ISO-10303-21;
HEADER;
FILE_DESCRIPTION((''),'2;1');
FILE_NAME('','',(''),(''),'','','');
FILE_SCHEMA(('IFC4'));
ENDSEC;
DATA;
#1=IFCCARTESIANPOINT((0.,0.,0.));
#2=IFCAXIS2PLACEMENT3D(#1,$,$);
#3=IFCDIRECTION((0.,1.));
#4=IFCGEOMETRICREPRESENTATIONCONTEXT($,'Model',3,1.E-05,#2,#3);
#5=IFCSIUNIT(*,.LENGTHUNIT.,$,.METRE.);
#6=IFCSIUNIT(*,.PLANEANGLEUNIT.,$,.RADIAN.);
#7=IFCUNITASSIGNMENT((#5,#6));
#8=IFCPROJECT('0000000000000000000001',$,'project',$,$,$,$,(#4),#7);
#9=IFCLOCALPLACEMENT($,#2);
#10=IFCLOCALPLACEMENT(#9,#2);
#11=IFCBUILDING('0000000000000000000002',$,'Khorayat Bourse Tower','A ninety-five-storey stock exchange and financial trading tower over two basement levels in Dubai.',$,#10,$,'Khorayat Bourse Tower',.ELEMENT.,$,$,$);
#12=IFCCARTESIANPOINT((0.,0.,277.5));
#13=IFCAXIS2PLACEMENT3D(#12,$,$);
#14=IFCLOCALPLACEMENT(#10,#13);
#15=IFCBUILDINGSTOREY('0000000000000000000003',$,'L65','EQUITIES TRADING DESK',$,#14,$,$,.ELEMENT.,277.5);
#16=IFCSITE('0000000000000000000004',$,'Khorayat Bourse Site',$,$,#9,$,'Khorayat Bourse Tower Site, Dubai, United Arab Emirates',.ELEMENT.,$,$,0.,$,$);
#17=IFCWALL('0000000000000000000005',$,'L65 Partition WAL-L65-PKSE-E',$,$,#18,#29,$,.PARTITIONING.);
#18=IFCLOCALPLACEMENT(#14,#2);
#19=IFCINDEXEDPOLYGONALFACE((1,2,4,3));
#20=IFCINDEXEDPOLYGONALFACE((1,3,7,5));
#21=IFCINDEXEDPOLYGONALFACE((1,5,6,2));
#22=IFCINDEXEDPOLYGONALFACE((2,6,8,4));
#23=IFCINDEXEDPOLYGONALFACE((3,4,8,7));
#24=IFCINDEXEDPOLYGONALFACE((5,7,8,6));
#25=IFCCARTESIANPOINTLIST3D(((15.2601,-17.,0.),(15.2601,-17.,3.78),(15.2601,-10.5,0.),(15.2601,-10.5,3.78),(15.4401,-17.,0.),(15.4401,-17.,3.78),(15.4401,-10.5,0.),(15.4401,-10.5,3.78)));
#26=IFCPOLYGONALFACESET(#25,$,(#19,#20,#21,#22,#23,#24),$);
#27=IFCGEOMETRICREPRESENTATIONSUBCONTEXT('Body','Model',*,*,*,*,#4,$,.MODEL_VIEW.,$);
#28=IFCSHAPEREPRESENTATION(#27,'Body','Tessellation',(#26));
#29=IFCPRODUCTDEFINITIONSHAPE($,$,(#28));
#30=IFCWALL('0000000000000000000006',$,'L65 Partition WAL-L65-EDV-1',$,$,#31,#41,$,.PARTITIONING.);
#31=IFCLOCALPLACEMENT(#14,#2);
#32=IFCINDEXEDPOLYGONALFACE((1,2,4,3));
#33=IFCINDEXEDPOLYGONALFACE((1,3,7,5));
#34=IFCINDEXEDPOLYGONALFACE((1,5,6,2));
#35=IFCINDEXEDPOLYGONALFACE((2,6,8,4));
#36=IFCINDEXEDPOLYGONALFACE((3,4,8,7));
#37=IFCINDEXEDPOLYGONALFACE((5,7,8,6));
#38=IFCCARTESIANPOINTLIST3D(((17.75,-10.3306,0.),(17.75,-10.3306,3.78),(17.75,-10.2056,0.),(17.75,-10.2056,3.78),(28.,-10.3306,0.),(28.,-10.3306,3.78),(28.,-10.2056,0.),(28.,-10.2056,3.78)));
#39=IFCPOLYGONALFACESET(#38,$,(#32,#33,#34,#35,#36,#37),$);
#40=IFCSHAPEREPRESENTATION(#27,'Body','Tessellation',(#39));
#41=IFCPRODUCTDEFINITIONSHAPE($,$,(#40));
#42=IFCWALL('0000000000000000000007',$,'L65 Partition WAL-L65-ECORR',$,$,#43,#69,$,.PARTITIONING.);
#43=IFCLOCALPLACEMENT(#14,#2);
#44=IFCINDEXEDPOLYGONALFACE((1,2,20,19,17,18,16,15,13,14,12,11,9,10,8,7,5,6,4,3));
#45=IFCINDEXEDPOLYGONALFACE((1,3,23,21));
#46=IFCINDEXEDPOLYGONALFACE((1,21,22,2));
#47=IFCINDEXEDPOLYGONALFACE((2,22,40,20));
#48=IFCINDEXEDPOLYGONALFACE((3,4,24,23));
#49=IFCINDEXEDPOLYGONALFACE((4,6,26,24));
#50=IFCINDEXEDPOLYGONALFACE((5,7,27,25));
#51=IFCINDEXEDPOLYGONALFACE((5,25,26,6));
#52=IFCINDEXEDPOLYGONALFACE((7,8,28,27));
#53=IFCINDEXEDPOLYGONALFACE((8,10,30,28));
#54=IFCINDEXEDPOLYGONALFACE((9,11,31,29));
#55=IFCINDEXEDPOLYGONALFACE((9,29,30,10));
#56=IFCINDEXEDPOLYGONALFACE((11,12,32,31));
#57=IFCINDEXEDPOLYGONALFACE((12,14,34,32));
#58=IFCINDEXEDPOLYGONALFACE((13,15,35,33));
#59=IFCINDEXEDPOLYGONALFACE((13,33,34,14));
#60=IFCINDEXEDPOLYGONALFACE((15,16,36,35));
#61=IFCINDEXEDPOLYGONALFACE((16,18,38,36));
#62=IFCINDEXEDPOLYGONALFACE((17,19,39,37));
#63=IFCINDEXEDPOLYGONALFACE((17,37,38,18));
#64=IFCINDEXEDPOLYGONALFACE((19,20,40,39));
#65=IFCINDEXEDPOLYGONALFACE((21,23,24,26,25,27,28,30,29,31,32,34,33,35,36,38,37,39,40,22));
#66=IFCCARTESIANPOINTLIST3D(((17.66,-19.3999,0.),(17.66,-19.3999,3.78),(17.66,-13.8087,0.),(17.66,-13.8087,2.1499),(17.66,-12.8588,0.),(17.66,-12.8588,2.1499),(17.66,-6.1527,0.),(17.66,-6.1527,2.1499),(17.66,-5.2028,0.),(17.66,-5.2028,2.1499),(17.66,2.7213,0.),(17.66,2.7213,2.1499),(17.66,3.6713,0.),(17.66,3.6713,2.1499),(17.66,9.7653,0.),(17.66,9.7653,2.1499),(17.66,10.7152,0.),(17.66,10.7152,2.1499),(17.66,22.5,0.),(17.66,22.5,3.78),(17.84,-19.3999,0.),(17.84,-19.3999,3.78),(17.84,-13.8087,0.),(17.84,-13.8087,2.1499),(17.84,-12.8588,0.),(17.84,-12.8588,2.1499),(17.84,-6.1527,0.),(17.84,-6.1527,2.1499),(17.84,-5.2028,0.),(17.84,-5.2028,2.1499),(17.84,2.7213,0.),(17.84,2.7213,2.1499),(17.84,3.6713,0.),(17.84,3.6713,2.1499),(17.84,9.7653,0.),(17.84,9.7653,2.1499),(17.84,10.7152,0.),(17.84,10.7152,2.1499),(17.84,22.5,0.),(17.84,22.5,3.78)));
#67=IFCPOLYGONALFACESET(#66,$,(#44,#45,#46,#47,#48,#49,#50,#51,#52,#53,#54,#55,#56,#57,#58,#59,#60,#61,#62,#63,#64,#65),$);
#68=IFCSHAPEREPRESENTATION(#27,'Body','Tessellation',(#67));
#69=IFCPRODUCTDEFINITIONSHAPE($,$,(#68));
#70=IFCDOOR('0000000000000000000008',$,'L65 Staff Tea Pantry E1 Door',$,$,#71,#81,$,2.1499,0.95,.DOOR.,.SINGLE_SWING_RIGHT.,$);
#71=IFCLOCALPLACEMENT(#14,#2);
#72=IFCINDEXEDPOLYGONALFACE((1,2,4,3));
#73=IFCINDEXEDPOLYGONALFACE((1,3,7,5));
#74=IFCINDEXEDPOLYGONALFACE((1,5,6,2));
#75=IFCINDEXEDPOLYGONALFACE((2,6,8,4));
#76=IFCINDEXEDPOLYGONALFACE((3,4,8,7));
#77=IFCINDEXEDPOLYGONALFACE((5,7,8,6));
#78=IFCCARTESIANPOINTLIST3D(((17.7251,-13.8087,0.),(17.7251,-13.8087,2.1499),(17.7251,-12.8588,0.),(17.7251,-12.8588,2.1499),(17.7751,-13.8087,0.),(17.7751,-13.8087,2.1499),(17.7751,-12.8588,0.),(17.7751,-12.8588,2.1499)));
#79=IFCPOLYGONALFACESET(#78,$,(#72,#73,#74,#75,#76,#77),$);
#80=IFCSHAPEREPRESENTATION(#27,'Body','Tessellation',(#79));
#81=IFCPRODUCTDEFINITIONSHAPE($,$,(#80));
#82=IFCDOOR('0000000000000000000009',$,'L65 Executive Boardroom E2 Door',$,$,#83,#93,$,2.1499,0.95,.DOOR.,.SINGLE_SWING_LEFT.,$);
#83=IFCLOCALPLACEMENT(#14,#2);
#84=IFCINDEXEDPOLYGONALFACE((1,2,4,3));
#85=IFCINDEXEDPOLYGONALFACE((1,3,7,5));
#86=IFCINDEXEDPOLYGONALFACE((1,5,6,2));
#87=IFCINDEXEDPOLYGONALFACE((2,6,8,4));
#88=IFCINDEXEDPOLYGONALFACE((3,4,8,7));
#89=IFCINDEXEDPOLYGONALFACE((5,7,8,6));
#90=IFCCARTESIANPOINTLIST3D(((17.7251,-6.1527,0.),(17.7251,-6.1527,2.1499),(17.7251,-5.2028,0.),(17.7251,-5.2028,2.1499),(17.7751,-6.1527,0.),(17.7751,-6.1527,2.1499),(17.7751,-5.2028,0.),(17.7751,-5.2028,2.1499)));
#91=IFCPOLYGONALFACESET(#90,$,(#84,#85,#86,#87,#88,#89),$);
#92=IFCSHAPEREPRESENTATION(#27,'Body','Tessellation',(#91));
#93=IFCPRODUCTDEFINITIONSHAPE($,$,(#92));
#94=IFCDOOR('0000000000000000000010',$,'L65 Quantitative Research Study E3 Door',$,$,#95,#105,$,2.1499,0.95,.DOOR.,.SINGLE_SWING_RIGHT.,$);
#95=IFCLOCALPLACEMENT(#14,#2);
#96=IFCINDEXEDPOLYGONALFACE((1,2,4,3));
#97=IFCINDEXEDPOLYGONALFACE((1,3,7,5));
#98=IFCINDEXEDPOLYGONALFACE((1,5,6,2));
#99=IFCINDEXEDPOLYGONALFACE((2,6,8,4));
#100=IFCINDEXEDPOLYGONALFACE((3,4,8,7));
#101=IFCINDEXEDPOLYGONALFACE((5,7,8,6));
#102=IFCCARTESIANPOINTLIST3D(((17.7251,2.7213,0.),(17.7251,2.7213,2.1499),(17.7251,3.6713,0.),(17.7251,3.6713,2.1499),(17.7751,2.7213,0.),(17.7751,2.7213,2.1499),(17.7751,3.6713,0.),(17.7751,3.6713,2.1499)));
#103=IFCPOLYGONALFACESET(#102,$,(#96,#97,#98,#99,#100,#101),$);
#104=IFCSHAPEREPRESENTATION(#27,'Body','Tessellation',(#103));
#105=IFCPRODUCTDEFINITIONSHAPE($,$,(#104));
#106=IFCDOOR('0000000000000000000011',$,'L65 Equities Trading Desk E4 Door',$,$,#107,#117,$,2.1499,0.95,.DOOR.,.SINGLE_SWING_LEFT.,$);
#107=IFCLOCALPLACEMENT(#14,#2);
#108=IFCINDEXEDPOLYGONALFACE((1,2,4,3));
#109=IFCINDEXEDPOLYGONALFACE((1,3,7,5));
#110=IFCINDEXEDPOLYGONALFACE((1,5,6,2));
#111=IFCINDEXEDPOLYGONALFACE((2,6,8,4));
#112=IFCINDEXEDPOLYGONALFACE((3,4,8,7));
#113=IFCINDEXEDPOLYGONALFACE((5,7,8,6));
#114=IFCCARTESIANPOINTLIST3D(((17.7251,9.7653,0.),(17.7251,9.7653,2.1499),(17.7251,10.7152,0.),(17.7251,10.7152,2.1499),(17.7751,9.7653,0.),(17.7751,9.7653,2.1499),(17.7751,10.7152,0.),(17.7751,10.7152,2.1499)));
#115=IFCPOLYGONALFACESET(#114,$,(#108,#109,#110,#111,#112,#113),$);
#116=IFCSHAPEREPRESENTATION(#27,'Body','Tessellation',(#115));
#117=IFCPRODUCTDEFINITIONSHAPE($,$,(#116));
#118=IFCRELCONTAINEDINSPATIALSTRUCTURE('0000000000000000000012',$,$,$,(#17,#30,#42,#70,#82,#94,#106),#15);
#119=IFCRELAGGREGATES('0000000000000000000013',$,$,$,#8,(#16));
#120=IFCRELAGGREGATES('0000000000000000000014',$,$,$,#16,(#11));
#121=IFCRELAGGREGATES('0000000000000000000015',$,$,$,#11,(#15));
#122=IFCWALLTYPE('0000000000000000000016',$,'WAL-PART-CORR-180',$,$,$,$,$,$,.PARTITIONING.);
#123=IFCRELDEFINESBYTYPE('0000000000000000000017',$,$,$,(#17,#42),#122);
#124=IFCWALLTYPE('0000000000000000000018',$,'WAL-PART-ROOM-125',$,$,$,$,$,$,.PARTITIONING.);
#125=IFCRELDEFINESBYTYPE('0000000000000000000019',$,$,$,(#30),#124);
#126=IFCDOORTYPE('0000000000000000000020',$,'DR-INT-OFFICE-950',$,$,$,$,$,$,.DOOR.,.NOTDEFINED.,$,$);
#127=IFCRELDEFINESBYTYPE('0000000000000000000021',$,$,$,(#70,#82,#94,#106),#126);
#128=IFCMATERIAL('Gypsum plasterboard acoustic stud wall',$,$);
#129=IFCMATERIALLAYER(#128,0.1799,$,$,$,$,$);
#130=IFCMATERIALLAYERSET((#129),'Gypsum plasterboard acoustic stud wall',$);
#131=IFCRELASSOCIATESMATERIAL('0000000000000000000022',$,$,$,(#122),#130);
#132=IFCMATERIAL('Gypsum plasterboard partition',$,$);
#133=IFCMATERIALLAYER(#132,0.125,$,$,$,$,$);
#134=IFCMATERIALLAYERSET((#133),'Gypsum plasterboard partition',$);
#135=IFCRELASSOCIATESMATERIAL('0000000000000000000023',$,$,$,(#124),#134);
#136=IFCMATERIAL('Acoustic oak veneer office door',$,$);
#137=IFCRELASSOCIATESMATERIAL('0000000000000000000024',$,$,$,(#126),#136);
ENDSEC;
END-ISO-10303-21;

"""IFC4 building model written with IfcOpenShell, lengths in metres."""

from ifc_helpers import new_model, si_unit, direction, frame, frame_2d, origin, place, context, subcontext, project, spatial, rectangle, extrude, source, transform, mapped, material, layer, layer_set, type_object, element, fill, save


model = new_model("IFC4")

# Units and contexts
model_context = context("Model", 3, precision=1e-05, world=origin(), true_north=direction((0.0, 1.0)))
body_context = subcontext(model_context, "Body", "Model", "MODEL_VIEW")
ifc_project = project(units=[si_unit("LENGTHUNIT", "METRE"), si_unit("PLANEANGLEUNIT", "RADIAN")], contexts=[model_context])

# Site, building, storey
site_placement = place(None, origin())
site = spatial("IfcSite", under=ifc_project, at=site_placement, Name="Khorayat Bourse Site", LongName="Khorayat Bourse Tower Site, Dubai, United Arab Emirates", CompositionType="ELEMENT", RefElevation=0.0)
building_placement = place(site_placement, origin())
building = spatial("IfcBuilding", under=site, at=building_placement, Name="Khorayat Bourse Tower", Description="A ninety-five-storey stock exchange and financial trading tower over two basement levels in Dubai.", LongName="Khorayat Bourse Tower", CompositionType="ELEMENT")
storey_placement = place(building_placement, frame((0.0, 0.0, 277.5)))
storey = spatial("IfcBuildingStorey", under=building, at=storey_placement, Name="L65", Description="EQUITIES TRADING DESK", CompositionType="ELEMENT", Elevation=277.5)

# Shared definitions
ifc_material_1 = material(Name="Gypsum plasterboard acoustic stud wall")
ifc_layer_1 = layer(ifc_material_1, 0.1799)
ifc_layer_set_1 = layer_set([ifc_layer_1], Name="Gypsum plasterboard acoustic stud wall")
wall_type_1 = type_object("IfcWallType", Name="WAL-PART-CORR-180", PredefinedType="PARTITIONING", material=ifc_layer_set_1)

# Walls
shared_shape_1 = source(origin(), body_context, "Body", "SweptSolid", [
    extrude(rectangle(XDim=6.5, YDim=0.1799, at=frame_2d((3.25, 0.0))), origin(), (0.0, 0.0, 1.0), 3.78),
])
wall_1_placement = place(storey_placement, frame((15.3501, -17.0, 0.0), z_axis=(0.0, 0.0, 1.0), x_axis=(0.0, 1.0, 0.0)))
element("IfcWall", 1, at=wall_1_placement, inside=storey, type_object=wall_type_1, Name="L65 Partition WAL-L65-PKSE-E", PredefinedType="PARTITIONING", context=body_context, shape_type="MappedRepresentation", body=[
    mapped(shared_shape_1, transform((0.0, 0.0, 0.0), scale=1.0)),
])
ifc_material_2 = material(Name="Gypsum plasterboard partition")
ifc_layer_2 = layer(ifc_material_2, 0.125)
ifc_layer_set_2 = layer_set([ifc_layer_2], Name="Gypsum plasterboard partition")
wall_type_2 = type_object("IfcWallType", Name="WAL-PART-ROOM-125", PredefinedType="PARTITIONING", material=ifc_layer_set_2)
shared_shape_2 = source(origin(), body_context, "Body", "SweptSolid", [
    extrude(rectangle(XDim=10.25, YDim=0.125, at=frame_2d((5.125, 0.0))), origin(), (0.0, 0.0, 1.0), 3.78),
])
wall_2_placement = place(storey_placement, frame((17.75, -10.2681, 0.0), z_axis=(0.0, 0.0, 1.0), x_axis=(1.0, 0.0, 0.0)))
element("IfcWall", 2, at=wall_2_placement, inside=storey, type_object=wall_type_2, Name="L65 Partition WAL-L65-EDV-1", PredefinedType="PARTITIONING", context=body_context, shape_type="MappedRepresentation", body=[
    mapped(shared_shape_2, transform((0.0, 0.0, 0.0), scale=1.0)),
])

# Wall, openings, doors
shared_shape_3 = source(origin(), body_context, "Body", "SweptSolid", [
    extrude(rectangle(XDim=41.8999, YDim=0.1799, at=frame_2d((20.95, 0.0))), origin(), (0.0, 0.0, 1.0), 3.78),
])
wall_3_placement = place(storey_placement, frame((17.75, -19.3999, 0.0), z_axis=(0.0, 0.0, 1.0), x_axis=(0.0, 1.0, 0.0)))
wall_3 = element("IfcWall", 3, at=wall_3_placement, inside=storey, type_object=wall_type_1, Name="L65 Partition WAL-L65-ECORR", PredefinedType="PARTITIONING", context=body_context, shape_type="MappedRepresentation", body=[
    mapped(shared_shape_3, transform((0.0, 0.0, 0.0), scale=1.0)),
])
shared_shape_4 = source(origin(), body_context, "Body", "SweptSolid", [
    extrude(rectangle(XDim=0.95, YDim=2.1499, at=frame_2d((0.4751, 1.075))), frame((0.0, 0.0999, 0.0), z_axis=(0.0, -1.0, 0.0), x_axis=(1.0, 0.0, 0.0)), (0.0, 0.0, 1.0), 0.2),
])
opening_1_placement = place(wall_3_placement, frame((5.5911, 0.0, 0.0)))
opening_1 = element("IfcOpeningElement", 4, at=opening_1_placement, cuts=wall_3, PredefinedType="OPENING", context=body_context, shape_type="MappedRepresentation", body=[
    mapped(shared_shape_4, transform((0.0, 0.0, 0.0), scale=1.0)),
])
opening_2_placement = place(wall_3_placement, frame((13.2471, 0.0, 0.0)))
opening_2 = element("IfcOpeningElement", 5, at=opening_2_placement, cuts=wall_3, PredefinedType="OPENING", context=body_context, shape_type="MappedRepresentation", body=[
    mapped(shared_shape_4, transform((0.0, 0.0, 0.0), scale=1.0)),
])
opening_3_placement = place(wall_3_placement, frame((22.1211, 0.0, 0.0)))
opening_3 = element("IfcOpeningElement", 6, at=opening_3_placement, cuts=wall_3, PredefinedType="OPENING", context=body_context, shape_type="MappedRepresentation", body=[
    mapped(shared_shape_4, transform((0.0, 0.0, 0.0), scale=1.0)),
])
opening_4_placement = place(wall_3_placement, frame((29.165, 0.0, 0.0)))
opening_4 = element("IfcOpeningElement", 7, at=opening_4_placement, cuts=wall_3, PredefinedType="OPENING", context=body_context, shape_type="MappedRepresentation", body=[
    mapped(shared_shape_4, transform((0.0, 0.0, 0.0), scale=1.0)),
])
ifc_material_3 = material(Name="Acoustic oak veneer office door")
door_type_1 = type_object("IfcDoorType", Name="DR-INT-OFFICE-950", OperationType="NOTDEFINED", PredefinedType="DOOR", material=ifc_material_3)
shared_shape_5 = source(origin(), body_context, "Body", "SweptSolid", [
    extrude(rectangle(XDim=0.95, YDim=2.1499, at=frame_2d((0.4751, 1.075))), frame((0.0, 0.0249, 0.0), z_axis=(0.0, -1.0, 0.0), x_axis=(1.0, 0.0, 0.0)), (0.0, 0.0, 1.0), 0.05),
])
door_1_placement = place(opening_1_placement, origin())
door_1 = element("IfcDoor", 8, at=door_1_placement, inside=storey, type_object=door_type_1, Name="L65 Staff Tea Pantry E1 Door", OperationType="SINGLE_SWING_RIGHT", OverallHeight=2.1499, OverallWidth=0.95, PredefinedType="DOOR", context=body_context, shape_type="MappedRepresentation", body=[
    mapped(shared_shape_5, transform((0.0, 0.0, 0.0), scale=1.0)),
])
fill(opening_1, door_1)
door_2_placement = place(opening_2_placement, origin())
door_2 = element("IfcDoor", 9, at=door_2_placement, inside=storey, type_object=door_type_1, Name="L65 Executive Boardroom E2 Door", OperationType="SINGLE_SWING_LEFT", OverallHeight=2.1499, OverallWidth=0.95, PredefinedType="DOOR", context=body_context, shape_type="MappedRepresentation", body=[
    mapped(shared_shape_5, transform((0.0, 0.0, 0.0), scale=1.0)),
])
fill(opening_2, door_2)
door_3_placement = place(opening_3_placement, origin())
door_3 = element("IfcDoor", 10, at=door_3_placement, inside=storey, type_object=door_type_1, Name="L65 Quantitative Research Study E3 Door", OperationType="SINGLE_SWING_RIGHT", OverallHeight=2.1499, OverallWidth=0.95, PredefinedType="DOOR", context=body_context, shape_type="MappedRepresentation", body=[
    mapped(shared_shape_5, transform((0.0, 0.0, 0.0), scale=1.0)),
])
fill(opening_3, door_3)
door_4_placement = place(opening_4_placement, origin())
door_4 = element("IfcDoor", 11, at=door_4_placement, inside=storey, type_object=door_type_1, Name="L65 Equities Trading Desk E4 Door", OperationType="SINGLE_SWING_LEFT", OverallHeight=2.1499, OverallWidth=0.95, PredefinedType="DOOR", context=body_context, shape_type="MappedRepresentation", body=[
    mapped(shared_shape_5, transform((0.0, 0.0, 0.0), scale=1.0)),
])
fill(opening_4, door_4)

save(model, "model.ifc")
